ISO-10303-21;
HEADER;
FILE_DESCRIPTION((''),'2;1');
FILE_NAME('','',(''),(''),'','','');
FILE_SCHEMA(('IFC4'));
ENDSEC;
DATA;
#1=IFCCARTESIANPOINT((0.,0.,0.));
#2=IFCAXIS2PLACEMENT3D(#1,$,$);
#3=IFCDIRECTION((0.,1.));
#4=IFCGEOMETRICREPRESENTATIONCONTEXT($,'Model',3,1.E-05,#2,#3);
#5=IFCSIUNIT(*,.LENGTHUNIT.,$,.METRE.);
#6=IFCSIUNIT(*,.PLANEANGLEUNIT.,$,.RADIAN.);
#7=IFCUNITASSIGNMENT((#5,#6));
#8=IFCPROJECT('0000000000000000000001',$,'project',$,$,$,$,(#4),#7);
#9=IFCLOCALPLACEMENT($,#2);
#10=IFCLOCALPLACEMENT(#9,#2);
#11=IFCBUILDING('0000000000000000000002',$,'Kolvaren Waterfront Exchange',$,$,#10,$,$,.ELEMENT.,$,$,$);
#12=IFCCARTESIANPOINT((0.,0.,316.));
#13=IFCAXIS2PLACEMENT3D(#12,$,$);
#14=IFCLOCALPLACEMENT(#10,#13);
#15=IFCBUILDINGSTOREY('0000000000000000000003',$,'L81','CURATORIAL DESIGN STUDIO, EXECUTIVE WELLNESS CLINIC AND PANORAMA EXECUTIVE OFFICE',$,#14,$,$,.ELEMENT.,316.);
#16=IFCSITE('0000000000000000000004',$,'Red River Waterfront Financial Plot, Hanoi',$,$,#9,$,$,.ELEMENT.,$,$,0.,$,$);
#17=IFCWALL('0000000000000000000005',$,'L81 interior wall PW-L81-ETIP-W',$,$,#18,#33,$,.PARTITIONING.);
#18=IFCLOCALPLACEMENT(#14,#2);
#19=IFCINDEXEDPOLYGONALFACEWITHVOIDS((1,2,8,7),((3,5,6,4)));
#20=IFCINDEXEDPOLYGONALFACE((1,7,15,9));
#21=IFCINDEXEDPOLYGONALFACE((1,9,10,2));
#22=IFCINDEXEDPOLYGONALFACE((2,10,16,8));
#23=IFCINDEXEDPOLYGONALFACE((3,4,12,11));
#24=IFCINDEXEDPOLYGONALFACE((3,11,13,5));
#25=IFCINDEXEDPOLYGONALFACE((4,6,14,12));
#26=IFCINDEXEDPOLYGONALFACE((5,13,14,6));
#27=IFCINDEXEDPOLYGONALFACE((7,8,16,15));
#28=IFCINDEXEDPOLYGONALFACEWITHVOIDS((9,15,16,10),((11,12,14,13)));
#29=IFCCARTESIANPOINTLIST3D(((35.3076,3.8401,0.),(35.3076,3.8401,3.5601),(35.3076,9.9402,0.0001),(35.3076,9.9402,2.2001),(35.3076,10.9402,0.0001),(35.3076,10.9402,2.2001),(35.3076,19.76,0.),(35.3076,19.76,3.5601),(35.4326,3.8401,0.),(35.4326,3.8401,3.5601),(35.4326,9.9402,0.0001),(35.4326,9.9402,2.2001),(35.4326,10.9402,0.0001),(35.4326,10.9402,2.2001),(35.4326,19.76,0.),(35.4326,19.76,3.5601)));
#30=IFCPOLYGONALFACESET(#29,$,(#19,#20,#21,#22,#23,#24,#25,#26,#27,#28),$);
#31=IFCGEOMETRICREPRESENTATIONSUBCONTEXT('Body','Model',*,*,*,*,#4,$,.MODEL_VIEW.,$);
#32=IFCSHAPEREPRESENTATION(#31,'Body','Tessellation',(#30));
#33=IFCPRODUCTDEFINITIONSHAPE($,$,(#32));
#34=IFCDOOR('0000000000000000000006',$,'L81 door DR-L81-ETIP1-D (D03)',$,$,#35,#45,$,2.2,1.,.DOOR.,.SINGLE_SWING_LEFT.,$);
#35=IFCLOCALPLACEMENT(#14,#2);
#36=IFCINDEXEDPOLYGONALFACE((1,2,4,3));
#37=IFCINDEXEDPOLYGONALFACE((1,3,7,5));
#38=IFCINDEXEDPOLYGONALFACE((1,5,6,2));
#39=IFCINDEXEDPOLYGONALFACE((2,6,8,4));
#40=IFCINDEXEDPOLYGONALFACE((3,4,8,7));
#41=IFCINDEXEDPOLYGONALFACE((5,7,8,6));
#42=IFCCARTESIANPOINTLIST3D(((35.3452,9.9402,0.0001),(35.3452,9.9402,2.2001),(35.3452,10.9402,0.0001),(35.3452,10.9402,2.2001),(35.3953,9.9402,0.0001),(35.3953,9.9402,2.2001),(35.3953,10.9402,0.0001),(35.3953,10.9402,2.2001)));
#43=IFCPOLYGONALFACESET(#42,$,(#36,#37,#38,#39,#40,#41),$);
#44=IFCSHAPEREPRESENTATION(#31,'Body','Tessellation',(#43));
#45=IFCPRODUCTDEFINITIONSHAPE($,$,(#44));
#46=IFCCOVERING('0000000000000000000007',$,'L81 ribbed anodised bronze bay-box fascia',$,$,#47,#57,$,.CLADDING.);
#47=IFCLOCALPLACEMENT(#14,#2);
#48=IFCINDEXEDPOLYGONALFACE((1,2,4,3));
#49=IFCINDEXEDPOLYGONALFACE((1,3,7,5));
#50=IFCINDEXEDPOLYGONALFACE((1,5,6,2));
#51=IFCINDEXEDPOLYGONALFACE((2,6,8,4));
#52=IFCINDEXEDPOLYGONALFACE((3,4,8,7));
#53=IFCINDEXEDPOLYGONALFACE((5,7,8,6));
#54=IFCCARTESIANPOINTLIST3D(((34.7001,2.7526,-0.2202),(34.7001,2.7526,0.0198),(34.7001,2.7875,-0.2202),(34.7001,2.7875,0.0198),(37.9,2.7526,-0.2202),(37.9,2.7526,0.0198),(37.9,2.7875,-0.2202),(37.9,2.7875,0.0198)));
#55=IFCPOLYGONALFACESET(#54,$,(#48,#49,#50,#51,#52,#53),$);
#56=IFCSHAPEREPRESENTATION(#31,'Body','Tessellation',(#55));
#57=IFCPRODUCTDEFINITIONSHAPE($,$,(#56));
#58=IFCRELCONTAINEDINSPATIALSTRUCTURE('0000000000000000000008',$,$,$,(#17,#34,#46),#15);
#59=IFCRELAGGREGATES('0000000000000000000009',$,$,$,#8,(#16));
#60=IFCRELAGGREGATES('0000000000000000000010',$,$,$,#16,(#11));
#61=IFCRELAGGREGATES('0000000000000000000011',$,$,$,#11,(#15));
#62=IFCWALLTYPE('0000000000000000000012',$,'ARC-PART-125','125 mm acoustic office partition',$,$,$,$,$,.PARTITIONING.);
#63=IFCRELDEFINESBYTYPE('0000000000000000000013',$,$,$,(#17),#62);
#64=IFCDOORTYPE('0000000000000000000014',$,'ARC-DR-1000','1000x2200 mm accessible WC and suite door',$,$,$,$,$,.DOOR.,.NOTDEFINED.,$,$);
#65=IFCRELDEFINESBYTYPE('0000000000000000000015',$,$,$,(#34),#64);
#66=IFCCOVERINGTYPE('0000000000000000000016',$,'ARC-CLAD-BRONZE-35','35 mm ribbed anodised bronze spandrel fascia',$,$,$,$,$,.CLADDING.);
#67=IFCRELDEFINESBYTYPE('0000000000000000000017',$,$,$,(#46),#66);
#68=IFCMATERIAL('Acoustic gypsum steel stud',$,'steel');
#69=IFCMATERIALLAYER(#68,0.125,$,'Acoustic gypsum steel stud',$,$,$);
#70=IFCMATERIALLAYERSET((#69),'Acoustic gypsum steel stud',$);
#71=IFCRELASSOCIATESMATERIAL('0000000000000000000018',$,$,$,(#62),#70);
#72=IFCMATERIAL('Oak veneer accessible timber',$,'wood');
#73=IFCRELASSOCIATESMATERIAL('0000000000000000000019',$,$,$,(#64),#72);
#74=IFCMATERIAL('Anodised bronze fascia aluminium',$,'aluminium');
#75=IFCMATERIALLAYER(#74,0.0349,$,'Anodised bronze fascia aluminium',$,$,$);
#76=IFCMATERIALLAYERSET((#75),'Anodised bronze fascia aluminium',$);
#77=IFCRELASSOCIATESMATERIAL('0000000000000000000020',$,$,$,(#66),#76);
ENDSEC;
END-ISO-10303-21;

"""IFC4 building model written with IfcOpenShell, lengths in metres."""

from ifc_helpers import new_model, si_unit, direction, frame, frame_2d, origin, origin_2d, place, context, subcontext, project, spatial, rectangle, extrude, material, layer, layer_set, type_object, element, fill, save


model = new_model("IFC4")

# Units and contexts
model_context = context("Model", 3, precision=1e-05, world=origin(), true_north=direction((0.0, 1.0)))
body_context = subcontext(model_context, "Body", "Model", "MODEL_VIEW")
ifc_project = project(units=[si_unit("LENGTHUNIT", "METRE"), si_unit("PLANEANGLEUNIT", "RADIAN")], contexts=[model_context])

# Site, building, storey
site_placement = place(None, origin())
site = spatial("IfcSite", under=ifc_project, at=site_placement, Name="Red River Waterfront Financial Plot, Hanoi", CompositionType="ELEMENT", RefElevation=0.0)
building_placement = place(site_placement, origin())
building = spatial("IfcBuilding", under=site, at=building_placement, Name="Kolvaren Waterfront Exchange", CompositionType="ELEMENT")
storey_placement = place(building_placement, frame((0.0, 0.0, 316.0)))
storey = spatial("IfcBuildingStorey", under=building, at=storey_placement, Name="L81", Description="CURATORIAL DESIGN STUDIO, EXECUTIVE WELLNESS CLINIC AND PANORAMA EXECUTIVE OFFICE", CompositionType="ELEMENT", Elevation=316.0)

# Wall, opening, door
ifc_material_1 = material(Name="Acoustic gypsum steel stud", Category="steel")
ifc_layer_1 = layer(ifc_material_1, 0.125, Name="Acoustic gypsum steel stud")
ifc_layer_set_1 = layer_set([ifc_layer_1], Name="Acoustic gypsum steel stud")
wall_type_1 = type_object("IfcWallType", Name="ARC-PART-125", Description="125 mm acoustic office partition", PredefinedType="PARTITIONING", material=ifc_layer_set_1)
wall_1_placement = place(storey_placement, frame((35.3701, 3.8401, 0.0), z_axis=(0.0, 0.0, 1.0), x_axis=(0.0, 1.0, 0.0)))
wall_1 = element("IfcWall", 1, at=wall_1_placement, inside=storey, type_object=wall_type_1, Name="L81 interior wall PW-L81-ETIP-W", PredefinedType="PARTITIONING", context=body_context, shape_type="SweptSolid", body=[
    extrude(rectangle(XDim=15.9199, YDim=0.125, at=frame_2d((7.96, 0.0))), origin(), (0.0, 0.0, 1.0), 3.5601),
])
opening_placement = place(wall_1_placement, frame((6.1001, 0.0, 0.0)))
opening = element("IfcOpeningElement", 2, at=opening_placement, cuts=wall_1, PredefinedType="OPENING", context=body_context, shape_type="SweptSolid", body=[
    extrude(rectangle(XDim=1.0, YDim=2.2, at=frame_2d((0.5, 1.1001))), frame((0.0, 0.0725, 0.0), z_axis=(0.0, -1.0, 0.0), x_axis=(1.0, 0.0, 0.0)), (0.0, 0.0, 1.0), 0.145),
])
ifc_material_2 = material(Name="Oak veneer accessible timber", Category="wood")
door_type = type_object("IfcDoorType", Name="ARC-DR-1000", Description="1000x2200 mm accessible WC and suite door", OperationType="NOTDEFINED", PredefinedType="DOOR", material=ifc_material_2)
door_placement = place(opening_placement, origin())
door = element("IfcDoor", 3, at=door_placement, inside=storey, type_object=door_type, Name="L81 door DR-L81-ETIP1-D (D03)", OperationType="SINGLE_SWING_LEFT", OverallHeight=2.2, OverallWidth=1.0, PredefinedType="DOOR", context=body_context, shape_type="SweptSolid", body=[
    extrude(rectangle(XDim=1.0, YDim=2.2, at=frame_2d((0.5, 1.1001))), frame((0.0, 0.0249, 0.0), z_axis=(0.0, -1.0, 0.0), x_axis=(1.0, 0.0, 0.0)), (0.0, 0.0, 1.0), 0.05),
])
fill(opening, door)

# Covering
ifc_material_3 = material(Name="Anodised bronze fascia aluminium", Category="aluminium")
ifc_layer_2 = layer(ifc_material_3, 0.0349, Name="Anodised bronze fascia aluminium")
ifc_layer_set_2 = layer_set([ifc_layer_2], Name="Anodised bronze fascia aluminium")
covering_type = type_object("IfcCoveringType", Name="ARC-CLAD-BRONZE-35", Description="35 mm ribbed anodised bronze spandrel fascia", PredefinedType="CLADDING", material=ifc_layer_set_2)
covering_placement = place(storey_placement, frame((36.3, 2.77, -0.2202), z_axis=(0.0, 0.0, 1.0), x_axis=(1.0, 0.0, 0.0)))
element("IfcCovering", 4, at=covering_placement, inside=storey, type_object=covering_type, Name="L81 ribbed anodised bronze bay-box fascia", PredefinedType="CLADDING", context=body_context, shape_type="SweptSolid", body=[
    extrude(rectangle(XDim=3.2, YDim=0.0349, at=origin_2d()), origin(), (0.0, 0.0, 1.0), 0.24),
])

save(model, "model.ifc")
